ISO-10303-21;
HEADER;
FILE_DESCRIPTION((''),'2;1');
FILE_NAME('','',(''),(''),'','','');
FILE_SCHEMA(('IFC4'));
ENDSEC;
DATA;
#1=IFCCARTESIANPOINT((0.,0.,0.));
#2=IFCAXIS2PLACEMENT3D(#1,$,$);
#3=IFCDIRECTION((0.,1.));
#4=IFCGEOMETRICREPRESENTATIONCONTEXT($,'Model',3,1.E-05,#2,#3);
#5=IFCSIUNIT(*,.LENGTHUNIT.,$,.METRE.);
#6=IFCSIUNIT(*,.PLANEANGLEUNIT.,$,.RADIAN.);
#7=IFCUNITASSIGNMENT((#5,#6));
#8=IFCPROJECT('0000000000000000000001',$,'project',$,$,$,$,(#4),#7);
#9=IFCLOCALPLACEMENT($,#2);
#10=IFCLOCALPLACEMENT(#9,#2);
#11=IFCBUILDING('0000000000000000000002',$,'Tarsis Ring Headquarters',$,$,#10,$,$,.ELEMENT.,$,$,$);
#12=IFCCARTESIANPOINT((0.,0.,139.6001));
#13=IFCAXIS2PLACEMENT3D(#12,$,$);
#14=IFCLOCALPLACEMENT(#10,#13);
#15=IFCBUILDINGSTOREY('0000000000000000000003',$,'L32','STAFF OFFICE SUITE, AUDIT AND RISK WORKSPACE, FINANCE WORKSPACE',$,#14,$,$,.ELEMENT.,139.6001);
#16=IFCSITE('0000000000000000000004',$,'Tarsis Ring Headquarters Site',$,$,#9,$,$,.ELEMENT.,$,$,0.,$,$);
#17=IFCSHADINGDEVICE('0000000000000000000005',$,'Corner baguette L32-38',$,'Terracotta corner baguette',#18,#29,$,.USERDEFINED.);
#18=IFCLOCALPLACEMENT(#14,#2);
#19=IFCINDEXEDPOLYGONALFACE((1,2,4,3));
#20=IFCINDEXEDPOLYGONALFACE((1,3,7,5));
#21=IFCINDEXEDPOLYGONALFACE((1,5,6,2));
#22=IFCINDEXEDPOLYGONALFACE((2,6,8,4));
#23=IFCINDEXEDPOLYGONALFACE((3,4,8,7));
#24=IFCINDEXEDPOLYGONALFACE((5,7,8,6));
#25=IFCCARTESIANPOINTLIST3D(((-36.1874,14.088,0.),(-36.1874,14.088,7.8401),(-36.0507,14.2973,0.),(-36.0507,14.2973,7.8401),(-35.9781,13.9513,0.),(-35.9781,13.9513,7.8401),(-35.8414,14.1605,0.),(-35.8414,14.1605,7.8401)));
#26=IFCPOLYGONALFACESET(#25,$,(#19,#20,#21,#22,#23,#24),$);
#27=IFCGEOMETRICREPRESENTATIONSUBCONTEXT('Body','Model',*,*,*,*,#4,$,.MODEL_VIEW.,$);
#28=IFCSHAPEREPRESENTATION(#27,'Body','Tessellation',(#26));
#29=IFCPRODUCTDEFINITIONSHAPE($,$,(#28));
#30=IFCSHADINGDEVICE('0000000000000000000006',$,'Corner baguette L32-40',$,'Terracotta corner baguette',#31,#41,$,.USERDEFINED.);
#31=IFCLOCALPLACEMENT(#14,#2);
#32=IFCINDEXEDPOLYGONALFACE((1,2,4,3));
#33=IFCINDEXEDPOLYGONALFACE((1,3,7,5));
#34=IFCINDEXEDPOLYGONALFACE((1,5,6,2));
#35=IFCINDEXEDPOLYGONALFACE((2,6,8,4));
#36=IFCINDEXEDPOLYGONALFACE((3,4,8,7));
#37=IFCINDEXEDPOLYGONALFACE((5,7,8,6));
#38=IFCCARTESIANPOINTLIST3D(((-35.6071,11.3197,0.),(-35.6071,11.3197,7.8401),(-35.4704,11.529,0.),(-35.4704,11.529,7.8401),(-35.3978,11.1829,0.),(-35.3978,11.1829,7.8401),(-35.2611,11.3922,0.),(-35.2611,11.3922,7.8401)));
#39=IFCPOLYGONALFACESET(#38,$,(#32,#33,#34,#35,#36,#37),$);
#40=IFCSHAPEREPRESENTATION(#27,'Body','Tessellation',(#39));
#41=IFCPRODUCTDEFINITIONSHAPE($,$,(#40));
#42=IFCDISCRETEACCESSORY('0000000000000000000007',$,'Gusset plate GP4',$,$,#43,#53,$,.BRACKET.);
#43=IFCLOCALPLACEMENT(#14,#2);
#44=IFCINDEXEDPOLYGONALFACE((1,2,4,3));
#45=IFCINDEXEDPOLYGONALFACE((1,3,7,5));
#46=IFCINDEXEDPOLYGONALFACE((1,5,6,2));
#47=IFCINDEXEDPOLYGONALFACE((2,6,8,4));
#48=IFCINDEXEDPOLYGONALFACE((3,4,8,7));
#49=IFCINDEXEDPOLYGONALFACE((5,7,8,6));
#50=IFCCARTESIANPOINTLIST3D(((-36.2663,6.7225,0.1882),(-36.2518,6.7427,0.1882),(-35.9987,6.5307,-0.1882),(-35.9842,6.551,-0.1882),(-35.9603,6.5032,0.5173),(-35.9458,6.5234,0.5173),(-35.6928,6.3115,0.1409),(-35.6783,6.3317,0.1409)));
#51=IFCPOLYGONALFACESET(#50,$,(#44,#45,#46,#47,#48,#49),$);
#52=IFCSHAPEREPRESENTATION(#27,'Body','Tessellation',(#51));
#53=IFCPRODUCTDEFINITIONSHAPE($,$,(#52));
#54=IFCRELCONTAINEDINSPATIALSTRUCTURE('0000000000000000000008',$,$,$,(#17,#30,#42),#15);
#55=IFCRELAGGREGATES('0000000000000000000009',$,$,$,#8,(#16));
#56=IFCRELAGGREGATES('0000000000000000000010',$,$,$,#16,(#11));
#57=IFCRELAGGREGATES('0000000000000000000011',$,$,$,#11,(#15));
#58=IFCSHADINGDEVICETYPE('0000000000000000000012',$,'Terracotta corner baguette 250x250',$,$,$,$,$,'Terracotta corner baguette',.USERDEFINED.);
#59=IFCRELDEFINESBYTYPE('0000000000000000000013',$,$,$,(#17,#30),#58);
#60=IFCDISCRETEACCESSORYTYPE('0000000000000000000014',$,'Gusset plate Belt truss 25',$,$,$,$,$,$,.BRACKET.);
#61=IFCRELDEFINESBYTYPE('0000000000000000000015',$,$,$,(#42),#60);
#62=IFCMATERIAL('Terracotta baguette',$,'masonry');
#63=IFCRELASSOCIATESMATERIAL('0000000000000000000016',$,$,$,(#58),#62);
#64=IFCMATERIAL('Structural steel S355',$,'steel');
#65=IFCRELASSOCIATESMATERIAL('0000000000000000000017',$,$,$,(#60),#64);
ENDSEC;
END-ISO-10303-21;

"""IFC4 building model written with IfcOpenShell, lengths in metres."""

from ifc_helpers import new_model, si_unit, direction, frame, origin, origin_2d, place, context, subcontext, project, spatial, rectangle, extrude, material, material_profile, profile_set, type_object, element, save


model = new_model("IFC4")

# Units and contexts
model_context = context("Model", 3, precision=1e-05, world=origin(), true_north=direction((0.0, 1.0)))
body_context = subcontext(model_context, "Body", "Model", "MODEL_VIEW")
ifc_project = project(units=[si_unit("LENGTHUNIT", "METRE"), si_unit("PLANEANGLEUNIT", "RADIAN")], contexts=[model_context])

# Site, building, storey
site_placement = place(None, origin())
site = spatial("IfcSite", under=ifc_project, at=site_placement, Name="Tarsis Ring Headquarters Site", CompositionType="ELEMENT", RefElevation=0.0)
building_placement = place(site_placement, origin())
building = spatial("IfcBuilding", under=site, at=building_placement, Name="Tarsis Ring Headquarters", CompositionType="ELEMENT")
storey_placement = place(building_placement, frame((0.0, 0.0, 139.6001)))
storey = spatial("IfcBuildingStorey", under=building, at=storey_placement, Name="L32", Description="STAFF OFFICE SUITE, AUDIT AND RISK WORKSPACE, FINANCE WORKSPACE", CompositionType="ELEMENT", Elevation=139.6001)

# Shared definitions
ifc_material_1 = material(Name="Structural steel S355", Category="steel")

# Shading devices
ifc_material_2 = material(Name="Terracotta baguette", Category="masonry")
shading_device_type_1 = type_object("IfcShadingDeviceType", Name="Terracotta corner baguette 250x250", ElementType="Terracotta corner baguette", PredefinedType="USERDEFINED", material=ifc_material_2)
for number, where, z_axis, x_axis, name in (
    (1, (-36.0144, 14.1243, 0.0), (0.0, 0.0, 1.0), (0.837146, -0.546979, 0.0), "Corner baguette L32-38"),
    (2, (-35.4341, 11.356, 0.0), (0.0, 0.0, 1.0), (0.837146, -0.546979, 0.0), "Corner baguette L32-40"),
):
    element("IfcShadingDevice", number, at=place(storey_placement, frame(where, z_axis=z_axis, x_axis=x_axis)), inside=storey, type_object=shading_device_type_1, Name=name, ObjectType="Terracotta corner baguette", PredefinedType="USERDEFINED", context=body_context, shape_type="SweptSolid", body=[
        extrude(rectangle(XDim=0.25, YDim=0.25, at=origin_2d()), origin(), (0.0, 0.0, 1.0), 7.8401),
    ])

# Discrete accessory
ifc_material_profile_1 = material_profile(ifc_material_1, rectangle(XDim=0.0249, YDim=0.5, at=origin_2d()), Name="PL 25x500")
ifc_profile_set_1 = profile_set([ifc_material_profile_1], Name="Structural steel S355")
discrete_accessory_type = type_object("IfcDiscreteAccessoryType", Name="Gusset plate Belt truss 25", PredefinedType="BRACKET", material=ifc_profile_set_1)
discrete_accessory_placement = place(storey_placement, frame((-36.1252, 6.6367, 0.0), z_axis=(0.611874, -0.438518, 0.658265), x_axis=(0.582526, 0.812812, 0.0)))
element("IfcDiscreteAccessory", 3, at=discrete_accessory_placement, inside=storey, type_object=discrete_accessory_type, Name="Gusset plate GP4", PredefinedType="BRACKET", context=body_context, shape_type="SweptSolid", body=[
    extrude(rectangle(XDim=0.0249, YDim=0.5, at=origin_2d()), origin(), (0.0, 0.0, 1.0), 0.5),
])

save(model, "model.ifc")
